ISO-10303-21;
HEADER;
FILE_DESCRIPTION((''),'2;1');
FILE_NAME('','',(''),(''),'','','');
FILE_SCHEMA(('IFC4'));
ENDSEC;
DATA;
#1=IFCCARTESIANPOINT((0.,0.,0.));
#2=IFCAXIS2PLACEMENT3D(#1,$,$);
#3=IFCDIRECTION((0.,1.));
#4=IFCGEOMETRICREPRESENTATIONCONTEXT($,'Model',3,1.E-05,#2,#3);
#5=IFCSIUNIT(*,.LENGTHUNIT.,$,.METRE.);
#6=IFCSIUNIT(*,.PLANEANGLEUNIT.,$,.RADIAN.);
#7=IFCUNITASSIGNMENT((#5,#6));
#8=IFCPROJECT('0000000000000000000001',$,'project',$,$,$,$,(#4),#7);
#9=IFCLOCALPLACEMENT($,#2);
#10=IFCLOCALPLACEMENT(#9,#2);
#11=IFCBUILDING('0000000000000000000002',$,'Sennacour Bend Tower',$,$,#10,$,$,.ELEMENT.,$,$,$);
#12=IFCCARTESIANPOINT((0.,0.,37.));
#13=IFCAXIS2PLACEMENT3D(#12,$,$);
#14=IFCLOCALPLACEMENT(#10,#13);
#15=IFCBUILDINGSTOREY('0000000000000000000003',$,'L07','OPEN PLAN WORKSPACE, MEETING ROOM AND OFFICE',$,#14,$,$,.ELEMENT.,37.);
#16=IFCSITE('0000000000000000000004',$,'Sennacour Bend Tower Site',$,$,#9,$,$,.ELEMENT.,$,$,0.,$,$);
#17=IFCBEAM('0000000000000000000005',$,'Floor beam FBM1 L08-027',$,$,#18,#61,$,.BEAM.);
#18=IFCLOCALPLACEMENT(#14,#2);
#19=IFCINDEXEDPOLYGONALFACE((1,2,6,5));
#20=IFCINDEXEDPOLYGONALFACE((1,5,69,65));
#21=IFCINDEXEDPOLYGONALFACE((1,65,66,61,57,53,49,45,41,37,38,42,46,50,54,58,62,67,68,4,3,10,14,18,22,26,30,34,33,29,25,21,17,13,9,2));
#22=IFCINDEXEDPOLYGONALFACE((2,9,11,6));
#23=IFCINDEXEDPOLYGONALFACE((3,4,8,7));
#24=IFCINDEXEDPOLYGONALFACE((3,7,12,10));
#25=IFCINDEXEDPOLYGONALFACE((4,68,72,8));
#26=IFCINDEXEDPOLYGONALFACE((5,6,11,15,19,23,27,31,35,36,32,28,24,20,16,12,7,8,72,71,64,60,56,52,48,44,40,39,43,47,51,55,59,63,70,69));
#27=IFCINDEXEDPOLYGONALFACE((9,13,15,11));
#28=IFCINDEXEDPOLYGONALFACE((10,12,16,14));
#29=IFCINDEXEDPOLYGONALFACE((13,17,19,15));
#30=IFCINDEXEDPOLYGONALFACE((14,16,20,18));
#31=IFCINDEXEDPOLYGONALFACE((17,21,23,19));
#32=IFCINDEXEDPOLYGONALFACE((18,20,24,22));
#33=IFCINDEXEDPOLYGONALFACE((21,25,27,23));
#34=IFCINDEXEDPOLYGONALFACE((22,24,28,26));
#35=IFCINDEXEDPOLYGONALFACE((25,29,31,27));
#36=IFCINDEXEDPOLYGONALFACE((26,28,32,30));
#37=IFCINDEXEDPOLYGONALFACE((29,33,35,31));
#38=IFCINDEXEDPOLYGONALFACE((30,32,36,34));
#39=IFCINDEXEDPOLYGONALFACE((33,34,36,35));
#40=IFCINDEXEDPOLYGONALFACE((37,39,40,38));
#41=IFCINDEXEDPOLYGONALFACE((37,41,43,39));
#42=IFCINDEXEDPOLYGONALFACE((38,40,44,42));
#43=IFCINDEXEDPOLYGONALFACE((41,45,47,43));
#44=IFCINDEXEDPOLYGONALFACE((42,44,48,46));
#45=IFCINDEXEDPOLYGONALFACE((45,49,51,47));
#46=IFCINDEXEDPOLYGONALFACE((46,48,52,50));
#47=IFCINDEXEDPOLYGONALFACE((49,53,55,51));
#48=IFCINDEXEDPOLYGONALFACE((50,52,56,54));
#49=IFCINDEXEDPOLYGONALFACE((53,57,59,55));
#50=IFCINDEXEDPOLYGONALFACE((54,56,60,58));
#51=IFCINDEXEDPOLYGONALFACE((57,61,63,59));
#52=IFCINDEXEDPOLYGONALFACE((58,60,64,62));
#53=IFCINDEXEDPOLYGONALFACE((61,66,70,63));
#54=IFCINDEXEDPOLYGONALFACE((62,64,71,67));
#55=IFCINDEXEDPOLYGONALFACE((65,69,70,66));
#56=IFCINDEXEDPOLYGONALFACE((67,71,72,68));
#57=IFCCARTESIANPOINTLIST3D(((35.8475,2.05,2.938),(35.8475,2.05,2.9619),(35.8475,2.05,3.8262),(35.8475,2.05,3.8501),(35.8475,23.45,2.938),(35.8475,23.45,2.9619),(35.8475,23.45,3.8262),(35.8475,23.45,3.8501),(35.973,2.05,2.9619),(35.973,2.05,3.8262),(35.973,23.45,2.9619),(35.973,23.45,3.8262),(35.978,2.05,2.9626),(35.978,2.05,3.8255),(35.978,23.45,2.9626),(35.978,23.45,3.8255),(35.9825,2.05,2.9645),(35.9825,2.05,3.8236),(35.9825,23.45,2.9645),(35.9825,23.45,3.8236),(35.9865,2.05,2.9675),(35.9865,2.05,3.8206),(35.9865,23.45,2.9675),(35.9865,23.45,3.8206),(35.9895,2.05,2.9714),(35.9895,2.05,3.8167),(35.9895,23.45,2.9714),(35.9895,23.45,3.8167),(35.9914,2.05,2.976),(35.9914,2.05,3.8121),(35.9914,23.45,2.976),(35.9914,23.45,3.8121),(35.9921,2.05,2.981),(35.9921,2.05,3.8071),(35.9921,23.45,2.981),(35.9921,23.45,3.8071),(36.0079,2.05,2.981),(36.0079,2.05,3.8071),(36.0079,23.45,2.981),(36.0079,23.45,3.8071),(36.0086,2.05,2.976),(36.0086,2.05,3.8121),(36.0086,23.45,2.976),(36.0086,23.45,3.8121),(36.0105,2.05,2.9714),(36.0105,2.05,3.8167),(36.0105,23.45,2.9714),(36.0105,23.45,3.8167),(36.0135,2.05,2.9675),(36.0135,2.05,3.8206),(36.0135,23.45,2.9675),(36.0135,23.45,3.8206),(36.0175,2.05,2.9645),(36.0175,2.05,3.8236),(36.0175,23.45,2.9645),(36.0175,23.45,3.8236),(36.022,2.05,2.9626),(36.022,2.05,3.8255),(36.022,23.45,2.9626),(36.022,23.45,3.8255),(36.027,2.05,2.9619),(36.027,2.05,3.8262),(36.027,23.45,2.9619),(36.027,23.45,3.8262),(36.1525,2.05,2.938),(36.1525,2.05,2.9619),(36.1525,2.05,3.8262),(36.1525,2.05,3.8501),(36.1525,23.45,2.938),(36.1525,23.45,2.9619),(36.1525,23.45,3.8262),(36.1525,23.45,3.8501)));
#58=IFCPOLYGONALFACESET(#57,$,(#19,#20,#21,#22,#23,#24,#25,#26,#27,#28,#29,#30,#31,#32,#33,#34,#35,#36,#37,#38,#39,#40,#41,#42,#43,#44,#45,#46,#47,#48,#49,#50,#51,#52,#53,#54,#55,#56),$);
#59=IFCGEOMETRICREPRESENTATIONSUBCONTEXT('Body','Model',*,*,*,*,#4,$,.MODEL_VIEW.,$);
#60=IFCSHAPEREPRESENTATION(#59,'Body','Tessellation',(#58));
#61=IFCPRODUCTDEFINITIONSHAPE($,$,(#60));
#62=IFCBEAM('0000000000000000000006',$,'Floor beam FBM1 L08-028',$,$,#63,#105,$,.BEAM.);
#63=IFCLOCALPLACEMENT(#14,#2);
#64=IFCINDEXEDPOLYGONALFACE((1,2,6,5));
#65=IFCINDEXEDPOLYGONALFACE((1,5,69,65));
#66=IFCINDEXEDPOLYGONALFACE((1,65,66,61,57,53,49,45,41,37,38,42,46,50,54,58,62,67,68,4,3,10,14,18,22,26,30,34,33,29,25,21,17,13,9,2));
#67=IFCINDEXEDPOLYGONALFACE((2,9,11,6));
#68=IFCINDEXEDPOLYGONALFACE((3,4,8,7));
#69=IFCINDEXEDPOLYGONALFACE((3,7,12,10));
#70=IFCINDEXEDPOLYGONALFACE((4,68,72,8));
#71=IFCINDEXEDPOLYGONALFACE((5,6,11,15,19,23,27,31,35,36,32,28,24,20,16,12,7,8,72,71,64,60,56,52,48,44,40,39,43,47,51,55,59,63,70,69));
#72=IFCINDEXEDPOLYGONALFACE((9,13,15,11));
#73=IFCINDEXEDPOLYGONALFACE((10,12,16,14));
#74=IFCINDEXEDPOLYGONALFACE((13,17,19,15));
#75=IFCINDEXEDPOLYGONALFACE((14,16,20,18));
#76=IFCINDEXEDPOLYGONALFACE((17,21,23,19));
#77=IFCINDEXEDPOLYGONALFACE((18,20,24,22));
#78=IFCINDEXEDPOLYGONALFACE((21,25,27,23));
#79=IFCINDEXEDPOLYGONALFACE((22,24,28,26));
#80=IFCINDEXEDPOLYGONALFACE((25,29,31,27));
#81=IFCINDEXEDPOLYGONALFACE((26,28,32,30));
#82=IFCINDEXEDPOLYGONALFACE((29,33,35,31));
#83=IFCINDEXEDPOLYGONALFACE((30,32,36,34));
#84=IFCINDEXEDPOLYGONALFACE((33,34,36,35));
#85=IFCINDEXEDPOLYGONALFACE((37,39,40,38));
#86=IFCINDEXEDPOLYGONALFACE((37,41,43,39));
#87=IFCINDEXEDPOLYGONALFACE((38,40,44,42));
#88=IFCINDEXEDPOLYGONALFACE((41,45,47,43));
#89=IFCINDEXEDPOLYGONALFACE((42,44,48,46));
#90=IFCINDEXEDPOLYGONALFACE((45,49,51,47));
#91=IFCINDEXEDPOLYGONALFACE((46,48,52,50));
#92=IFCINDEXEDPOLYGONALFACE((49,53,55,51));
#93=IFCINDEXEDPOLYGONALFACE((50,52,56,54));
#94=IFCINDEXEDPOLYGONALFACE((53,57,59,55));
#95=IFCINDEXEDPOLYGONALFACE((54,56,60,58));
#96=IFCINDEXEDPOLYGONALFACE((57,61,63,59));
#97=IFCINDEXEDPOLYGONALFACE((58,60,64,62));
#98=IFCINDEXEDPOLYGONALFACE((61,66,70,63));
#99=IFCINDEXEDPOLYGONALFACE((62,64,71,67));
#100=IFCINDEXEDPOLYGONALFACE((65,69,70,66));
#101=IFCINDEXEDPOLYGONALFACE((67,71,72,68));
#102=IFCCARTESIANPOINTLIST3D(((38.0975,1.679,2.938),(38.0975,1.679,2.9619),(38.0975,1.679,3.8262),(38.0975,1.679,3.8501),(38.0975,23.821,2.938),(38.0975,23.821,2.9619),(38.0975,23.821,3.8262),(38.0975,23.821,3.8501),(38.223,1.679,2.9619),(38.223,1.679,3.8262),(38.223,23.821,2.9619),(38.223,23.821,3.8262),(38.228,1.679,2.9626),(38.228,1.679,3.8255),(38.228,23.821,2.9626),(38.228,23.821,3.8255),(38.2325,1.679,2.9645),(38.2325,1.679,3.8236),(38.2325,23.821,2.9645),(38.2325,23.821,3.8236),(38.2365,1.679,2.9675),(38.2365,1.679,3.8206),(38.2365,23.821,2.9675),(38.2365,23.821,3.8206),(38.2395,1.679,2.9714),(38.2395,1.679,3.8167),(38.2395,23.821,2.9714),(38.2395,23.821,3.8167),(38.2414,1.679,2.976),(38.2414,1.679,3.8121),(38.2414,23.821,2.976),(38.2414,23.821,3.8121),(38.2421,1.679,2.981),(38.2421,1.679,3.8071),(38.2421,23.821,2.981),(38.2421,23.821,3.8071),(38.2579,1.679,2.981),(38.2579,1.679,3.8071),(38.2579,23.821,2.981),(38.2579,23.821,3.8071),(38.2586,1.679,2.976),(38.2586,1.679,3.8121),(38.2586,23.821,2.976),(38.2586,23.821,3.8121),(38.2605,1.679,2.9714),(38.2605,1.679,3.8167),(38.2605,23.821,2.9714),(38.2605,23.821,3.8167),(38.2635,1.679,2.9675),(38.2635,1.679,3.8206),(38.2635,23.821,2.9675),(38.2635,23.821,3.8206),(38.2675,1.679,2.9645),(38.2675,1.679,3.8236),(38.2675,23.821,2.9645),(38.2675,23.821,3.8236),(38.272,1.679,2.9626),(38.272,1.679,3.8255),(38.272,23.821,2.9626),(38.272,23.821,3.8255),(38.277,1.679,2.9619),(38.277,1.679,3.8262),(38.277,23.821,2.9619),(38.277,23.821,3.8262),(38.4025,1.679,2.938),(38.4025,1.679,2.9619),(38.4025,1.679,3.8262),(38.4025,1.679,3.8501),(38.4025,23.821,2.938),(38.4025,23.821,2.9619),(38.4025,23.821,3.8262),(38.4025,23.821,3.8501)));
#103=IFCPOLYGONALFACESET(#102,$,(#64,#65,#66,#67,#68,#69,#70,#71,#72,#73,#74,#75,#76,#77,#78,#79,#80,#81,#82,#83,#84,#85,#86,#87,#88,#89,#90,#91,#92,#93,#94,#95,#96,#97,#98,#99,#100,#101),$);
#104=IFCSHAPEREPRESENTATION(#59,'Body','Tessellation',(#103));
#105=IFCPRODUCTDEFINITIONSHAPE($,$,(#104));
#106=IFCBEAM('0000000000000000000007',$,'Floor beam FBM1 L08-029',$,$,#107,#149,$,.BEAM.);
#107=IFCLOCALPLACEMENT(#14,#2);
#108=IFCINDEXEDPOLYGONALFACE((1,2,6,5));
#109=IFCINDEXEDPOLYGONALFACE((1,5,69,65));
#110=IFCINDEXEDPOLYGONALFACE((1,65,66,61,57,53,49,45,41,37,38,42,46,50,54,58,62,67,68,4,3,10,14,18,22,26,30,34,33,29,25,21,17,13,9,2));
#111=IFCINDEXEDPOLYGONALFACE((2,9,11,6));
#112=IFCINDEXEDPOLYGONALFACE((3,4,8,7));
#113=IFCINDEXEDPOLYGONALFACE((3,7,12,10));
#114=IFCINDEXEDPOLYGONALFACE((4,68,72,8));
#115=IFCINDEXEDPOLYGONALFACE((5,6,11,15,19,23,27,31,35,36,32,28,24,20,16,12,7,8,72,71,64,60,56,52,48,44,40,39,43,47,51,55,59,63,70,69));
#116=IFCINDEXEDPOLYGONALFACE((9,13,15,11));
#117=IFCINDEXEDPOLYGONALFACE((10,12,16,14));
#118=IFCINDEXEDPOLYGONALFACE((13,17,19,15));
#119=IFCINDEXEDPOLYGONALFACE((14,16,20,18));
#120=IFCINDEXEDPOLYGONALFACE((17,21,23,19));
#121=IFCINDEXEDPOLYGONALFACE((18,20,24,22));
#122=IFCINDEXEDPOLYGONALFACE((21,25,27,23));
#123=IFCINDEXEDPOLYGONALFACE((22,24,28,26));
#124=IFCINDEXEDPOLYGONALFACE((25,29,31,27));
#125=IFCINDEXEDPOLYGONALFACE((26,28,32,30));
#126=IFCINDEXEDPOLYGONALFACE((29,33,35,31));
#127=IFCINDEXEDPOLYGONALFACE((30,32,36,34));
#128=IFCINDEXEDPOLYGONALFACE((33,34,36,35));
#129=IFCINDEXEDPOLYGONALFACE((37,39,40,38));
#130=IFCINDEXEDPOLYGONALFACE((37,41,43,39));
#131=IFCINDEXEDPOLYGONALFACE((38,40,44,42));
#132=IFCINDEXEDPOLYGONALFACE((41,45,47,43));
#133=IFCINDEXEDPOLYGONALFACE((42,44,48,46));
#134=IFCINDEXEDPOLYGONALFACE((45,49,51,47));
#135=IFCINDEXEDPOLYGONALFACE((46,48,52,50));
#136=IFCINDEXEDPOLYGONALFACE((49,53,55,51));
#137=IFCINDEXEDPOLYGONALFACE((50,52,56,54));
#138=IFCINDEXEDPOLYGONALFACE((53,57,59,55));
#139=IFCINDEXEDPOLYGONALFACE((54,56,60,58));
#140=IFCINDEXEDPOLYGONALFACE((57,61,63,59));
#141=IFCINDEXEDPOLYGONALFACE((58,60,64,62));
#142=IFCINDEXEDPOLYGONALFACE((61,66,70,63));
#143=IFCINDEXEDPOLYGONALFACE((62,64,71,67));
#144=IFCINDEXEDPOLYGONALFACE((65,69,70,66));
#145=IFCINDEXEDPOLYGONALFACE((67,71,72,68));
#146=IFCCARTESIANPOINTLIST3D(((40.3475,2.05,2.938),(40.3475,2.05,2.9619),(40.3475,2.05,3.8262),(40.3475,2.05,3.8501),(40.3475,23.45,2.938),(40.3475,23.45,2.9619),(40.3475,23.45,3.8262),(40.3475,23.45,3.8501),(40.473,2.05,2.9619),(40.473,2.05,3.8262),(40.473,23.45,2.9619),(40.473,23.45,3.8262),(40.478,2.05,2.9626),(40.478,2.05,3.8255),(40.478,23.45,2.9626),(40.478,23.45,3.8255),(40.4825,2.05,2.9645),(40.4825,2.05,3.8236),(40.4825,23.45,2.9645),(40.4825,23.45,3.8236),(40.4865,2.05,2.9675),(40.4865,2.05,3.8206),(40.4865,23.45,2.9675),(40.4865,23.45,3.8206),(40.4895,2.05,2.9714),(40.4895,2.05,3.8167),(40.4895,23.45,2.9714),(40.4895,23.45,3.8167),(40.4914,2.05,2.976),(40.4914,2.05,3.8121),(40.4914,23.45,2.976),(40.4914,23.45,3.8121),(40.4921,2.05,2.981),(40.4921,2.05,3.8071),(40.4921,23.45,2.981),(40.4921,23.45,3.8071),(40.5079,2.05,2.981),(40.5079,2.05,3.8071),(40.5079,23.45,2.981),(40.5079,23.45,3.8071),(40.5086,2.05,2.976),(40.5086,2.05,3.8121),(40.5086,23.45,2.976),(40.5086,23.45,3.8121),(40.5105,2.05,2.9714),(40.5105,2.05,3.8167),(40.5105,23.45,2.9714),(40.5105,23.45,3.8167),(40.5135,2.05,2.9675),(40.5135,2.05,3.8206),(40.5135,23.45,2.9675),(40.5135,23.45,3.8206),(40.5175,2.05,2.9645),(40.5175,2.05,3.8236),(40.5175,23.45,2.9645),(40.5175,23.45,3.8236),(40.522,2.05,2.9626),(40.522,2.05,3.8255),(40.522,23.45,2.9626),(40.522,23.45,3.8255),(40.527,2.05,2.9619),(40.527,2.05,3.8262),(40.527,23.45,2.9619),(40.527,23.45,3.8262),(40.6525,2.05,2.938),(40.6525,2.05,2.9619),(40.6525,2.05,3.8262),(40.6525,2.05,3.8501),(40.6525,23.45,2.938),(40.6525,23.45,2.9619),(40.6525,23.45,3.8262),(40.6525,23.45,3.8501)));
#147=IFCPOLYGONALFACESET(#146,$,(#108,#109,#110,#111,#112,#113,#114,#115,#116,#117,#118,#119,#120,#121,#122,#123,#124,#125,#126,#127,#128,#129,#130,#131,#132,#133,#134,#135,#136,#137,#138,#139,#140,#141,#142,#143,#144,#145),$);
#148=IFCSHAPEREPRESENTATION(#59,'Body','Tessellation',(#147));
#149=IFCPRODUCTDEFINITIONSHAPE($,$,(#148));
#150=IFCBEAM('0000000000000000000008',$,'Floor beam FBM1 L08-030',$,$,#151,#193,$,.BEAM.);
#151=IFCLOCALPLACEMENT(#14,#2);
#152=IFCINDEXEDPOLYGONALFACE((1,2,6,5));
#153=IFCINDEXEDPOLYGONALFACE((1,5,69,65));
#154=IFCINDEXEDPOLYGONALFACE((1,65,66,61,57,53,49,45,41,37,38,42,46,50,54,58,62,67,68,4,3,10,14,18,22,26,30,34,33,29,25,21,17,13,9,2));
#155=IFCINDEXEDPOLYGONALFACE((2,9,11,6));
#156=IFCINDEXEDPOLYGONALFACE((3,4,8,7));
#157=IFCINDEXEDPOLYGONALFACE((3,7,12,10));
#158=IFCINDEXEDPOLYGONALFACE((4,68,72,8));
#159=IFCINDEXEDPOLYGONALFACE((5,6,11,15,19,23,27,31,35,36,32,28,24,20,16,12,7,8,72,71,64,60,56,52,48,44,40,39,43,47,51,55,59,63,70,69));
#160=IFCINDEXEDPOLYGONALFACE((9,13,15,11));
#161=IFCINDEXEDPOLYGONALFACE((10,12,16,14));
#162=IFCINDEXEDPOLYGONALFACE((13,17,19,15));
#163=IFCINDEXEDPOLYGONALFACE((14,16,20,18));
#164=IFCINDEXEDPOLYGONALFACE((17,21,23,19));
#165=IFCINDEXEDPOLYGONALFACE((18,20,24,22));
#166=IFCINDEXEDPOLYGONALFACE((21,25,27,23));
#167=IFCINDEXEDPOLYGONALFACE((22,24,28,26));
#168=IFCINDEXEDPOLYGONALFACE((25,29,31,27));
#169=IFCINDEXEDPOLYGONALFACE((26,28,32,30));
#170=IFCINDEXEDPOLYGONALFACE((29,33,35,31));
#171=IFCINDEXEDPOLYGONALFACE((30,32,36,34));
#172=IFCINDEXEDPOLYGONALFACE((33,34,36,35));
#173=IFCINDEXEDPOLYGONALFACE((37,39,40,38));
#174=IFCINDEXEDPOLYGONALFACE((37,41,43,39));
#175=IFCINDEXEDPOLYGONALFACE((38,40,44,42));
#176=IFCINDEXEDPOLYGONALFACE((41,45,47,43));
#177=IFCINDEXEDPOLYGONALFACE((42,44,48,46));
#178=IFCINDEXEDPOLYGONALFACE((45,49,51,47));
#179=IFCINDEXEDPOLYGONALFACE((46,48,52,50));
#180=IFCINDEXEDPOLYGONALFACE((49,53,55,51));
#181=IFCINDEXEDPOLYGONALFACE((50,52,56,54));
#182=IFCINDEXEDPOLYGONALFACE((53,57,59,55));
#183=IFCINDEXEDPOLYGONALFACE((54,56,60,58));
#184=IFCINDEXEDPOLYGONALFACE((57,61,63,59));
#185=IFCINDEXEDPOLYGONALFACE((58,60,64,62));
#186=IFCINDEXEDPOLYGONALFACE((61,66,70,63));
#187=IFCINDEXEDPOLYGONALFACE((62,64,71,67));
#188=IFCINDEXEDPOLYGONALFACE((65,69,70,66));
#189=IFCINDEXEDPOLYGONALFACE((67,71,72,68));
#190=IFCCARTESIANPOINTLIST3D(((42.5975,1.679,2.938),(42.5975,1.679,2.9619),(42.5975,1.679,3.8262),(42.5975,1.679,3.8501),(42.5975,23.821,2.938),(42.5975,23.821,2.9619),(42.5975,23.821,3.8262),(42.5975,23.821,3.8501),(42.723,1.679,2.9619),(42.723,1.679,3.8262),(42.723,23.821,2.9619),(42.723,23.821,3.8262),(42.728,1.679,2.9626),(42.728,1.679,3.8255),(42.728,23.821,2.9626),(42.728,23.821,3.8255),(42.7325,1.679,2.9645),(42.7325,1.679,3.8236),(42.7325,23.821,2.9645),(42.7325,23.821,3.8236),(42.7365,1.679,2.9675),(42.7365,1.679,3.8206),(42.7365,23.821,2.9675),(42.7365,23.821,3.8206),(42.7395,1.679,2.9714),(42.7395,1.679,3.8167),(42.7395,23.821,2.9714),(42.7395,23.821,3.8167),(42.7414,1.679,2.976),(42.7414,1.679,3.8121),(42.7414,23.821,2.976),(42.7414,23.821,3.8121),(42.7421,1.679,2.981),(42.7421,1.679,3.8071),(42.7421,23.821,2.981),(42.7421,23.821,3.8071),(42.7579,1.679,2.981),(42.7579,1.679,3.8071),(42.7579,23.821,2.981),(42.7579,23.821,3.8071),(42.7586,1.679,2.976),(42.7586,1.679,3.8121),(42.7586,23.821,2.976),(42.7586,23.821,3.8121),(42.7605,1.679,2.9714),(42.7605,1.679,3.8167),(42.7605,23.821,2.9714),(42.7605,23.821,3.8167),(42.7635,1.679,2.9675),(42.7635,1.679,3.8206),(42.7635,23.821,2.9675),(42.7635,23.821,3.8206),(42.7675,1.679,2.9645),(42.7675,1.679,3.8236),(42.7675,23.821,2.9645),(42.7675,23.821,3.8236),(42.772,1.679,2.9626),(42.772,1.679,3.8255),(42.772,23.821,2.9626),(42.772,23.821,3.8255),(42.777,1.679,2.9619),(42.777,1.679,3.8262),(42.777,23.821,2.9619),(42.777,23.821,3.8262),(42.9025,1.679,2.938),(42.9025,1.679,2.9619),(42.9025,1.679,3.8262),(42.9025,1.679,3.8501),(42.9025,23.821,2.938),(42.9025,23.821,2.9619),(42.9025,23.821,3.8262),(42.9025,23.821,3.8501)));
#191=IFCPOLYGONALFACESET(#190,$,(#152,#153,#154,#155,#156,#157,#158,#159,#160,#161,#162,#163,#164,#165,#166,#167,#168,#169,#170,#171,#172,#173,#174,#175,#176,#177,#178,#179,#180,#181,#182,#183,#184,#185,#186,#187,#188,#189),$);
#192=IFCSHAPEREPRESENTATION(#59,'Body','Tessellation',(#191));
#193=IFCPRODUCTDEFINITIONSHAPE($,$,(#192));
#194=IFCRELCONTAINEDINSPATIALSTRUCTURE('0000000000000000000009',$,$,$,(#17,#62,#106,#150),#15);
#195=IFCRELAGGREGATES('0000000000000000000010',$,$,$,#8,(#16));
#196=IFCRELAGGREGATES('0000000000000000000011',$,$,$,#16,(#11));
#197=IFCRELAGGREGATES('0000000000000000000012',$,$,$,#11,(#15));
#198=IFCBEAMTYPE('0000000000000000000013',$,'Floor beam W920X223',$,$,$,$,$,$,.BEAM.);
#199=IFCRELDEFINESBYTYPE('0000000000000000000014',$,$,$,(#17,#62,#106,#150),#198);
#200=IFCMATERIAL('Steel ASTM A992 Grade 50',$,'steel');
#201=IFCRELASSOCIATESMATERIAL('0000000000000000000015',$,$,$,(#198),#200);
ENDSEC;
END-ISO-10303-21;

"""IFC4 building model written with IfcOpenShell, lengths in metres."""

from ifc_helpers import new_model, si_unit, direction, frame, origin, origin_2d, place, context, subcontext, project, spatial, i_section, extrude, material, material_profile, profile_set, type_object, element, save


model = new_model("IFC4")

# Units and contexts
model_context = context("Model", 3, precision=1e-05, world=origin(), true_north=direction((0.0, 1.0)))
body_context = subcontext(model_context, "Body", "Model", "MODEL_VIEW")
ifc_project = project(units=[si_unit("LENGTHUNIT", "METRE"), si_unit("PLANEANGLEUNIT", "RADIAN")], contexts=[model_context])

# Site, building, storey
site_placement = place(None, origin())
site = spatial("IfcSite", under=ifc_project, at=site_placement, Name="Sennacour Bend Tower Site", CompositionType="ELEMENT", RefElevation=0.0)
building_placement = place(site_placement, origin())
building = spatial("IfcBuilding", under=site, at=building_placement, Name="Sennacour Bend Tower", CompositionType="ELEMENT")
storey_placement = place(building_placement, frame((0.0, 0.0, 37.0)))
storey = spatial("IfcBuildingStorey", under=building, at=storey_placement, Name="L07", Description="OPEN PLAN WORKSPACE, MEETING ROOM AND OFFICE", CompositionType="ELEMENT", Elevation=37.0)

# Beams
ifc_material_1 = material(Name="Steel ASTM A992 Grade 50", Category="steel")
ifc_material_profile_1 = material_profile(ifc_material_1, i_section(OverallWidth=0.3049, OverallDepth=0.9121, WebThickness=0.0159, FlangeThickness=0.0239, FilletRadius=0.019, at=origin_2d()), Name="Steel ASTM A992 Grade 50", Category="steel")
ifc_profile_set_1 = profile_set([ifc_material_profile_1], Name="Steel ASTM A992 Grade 50")
beam_type_1 = type_object("IfcBeamType", Name="Floor beam W920X223", PredefinedType="BEAM", material=ifc_profile_set_1)
beam_1_placement = place(storey_placement, frame((36.0, 2.05, 3.394), z_axis=(0.0, 1.0, 0.0), x_axis=(-1.0, 0.0, 0.0)))
element("IfcBeam", 1, at=beam_1_placement, inside=storey, type_object=beam_type_1, Name="Floor beam FBM1 L08-027", PredefinedType="BEAM", context=body_context, shape_type="SweptSolid", body=[
    extrude(i_section(OverallWidth=0.3049, OverallDepth=0.9121, WebThickness=0.0159, FlangeThickness=0.0239, FilletRadius=0.019, at=origin_2d()), origin(), (0.0, 0.0, 1.0), 21.3999),
])
beam_2_placement = place(storey_placement, frame((38.25, 1.679, 3.394), z_axis=(0.0, 1.0, 0.0), x_axis=(-1.0, 0.0, 0.0)))
element("IfcBeam", 2, at=beam_2_placement, inside=storey, type_object=beam_type_1, Name="Floor beam FBM1 L08-028", PredefinedType="BEAM", context=body_context, shape_type="SweptSolid", body=[
    extrude(i_section(OverallWidth=0.3049, OverallDepth=0.9121, WebThickness=0.0159, FlangeThickness=0.0239, FilletRadius=0.019, at=origin_2d()), origin(), (0.0, 0.0, 1.0), 22.1421),
])
beam_3_placement = place(storey_placement, frame((40.5, 2.05, 3.394), z_axis=(0.0, 1.0, 0.0), x_axis=(-1.0, 0.0, 0.0)))
element("IfcBeam", 3, at=beam_3_placement, inside=storey, type_object=beam_type_1, Name="Floor beam FBM1 L08-029", PredefinedType="BEAM", context=body_context, shape_type="SweptSolid", body=[
    extrude(i_section(OverallWidth=0.3049, OverallDepth=0.9121, WebThickness=0.0159, FlangeThickness=0.0239, FilletRadius=0.019, at=origin_2d()), origin(), (0.0, 0.0, 1.0), 21.3999),
])
beam_4_placement = place(storey_placement, frame((42.75, 1.679, 3.394), z_axis=(0.0, 1.0, 0.0), x_axis=(-1.0, 0.0, 0.0)))
element("IfcBeam", 4, at=beam_4_placement, inside=storey, type_object=beam_type_1, Name="Floor beam FBM1 L08-030", PredefinedType="BEAM", context=body_context, shape_type="SweptSolid", body=[
    extrude(i_section(OverallWidth=0.3049, OverallDepth=0.9121, WebThickness=0.0159, FlangeThickness=0.0239, FilletRadius=0.019, at=origin_2d()), origin(), (0.0, 0.0, 1.0), 22.1421),
])

save(model, "model.ifc")
